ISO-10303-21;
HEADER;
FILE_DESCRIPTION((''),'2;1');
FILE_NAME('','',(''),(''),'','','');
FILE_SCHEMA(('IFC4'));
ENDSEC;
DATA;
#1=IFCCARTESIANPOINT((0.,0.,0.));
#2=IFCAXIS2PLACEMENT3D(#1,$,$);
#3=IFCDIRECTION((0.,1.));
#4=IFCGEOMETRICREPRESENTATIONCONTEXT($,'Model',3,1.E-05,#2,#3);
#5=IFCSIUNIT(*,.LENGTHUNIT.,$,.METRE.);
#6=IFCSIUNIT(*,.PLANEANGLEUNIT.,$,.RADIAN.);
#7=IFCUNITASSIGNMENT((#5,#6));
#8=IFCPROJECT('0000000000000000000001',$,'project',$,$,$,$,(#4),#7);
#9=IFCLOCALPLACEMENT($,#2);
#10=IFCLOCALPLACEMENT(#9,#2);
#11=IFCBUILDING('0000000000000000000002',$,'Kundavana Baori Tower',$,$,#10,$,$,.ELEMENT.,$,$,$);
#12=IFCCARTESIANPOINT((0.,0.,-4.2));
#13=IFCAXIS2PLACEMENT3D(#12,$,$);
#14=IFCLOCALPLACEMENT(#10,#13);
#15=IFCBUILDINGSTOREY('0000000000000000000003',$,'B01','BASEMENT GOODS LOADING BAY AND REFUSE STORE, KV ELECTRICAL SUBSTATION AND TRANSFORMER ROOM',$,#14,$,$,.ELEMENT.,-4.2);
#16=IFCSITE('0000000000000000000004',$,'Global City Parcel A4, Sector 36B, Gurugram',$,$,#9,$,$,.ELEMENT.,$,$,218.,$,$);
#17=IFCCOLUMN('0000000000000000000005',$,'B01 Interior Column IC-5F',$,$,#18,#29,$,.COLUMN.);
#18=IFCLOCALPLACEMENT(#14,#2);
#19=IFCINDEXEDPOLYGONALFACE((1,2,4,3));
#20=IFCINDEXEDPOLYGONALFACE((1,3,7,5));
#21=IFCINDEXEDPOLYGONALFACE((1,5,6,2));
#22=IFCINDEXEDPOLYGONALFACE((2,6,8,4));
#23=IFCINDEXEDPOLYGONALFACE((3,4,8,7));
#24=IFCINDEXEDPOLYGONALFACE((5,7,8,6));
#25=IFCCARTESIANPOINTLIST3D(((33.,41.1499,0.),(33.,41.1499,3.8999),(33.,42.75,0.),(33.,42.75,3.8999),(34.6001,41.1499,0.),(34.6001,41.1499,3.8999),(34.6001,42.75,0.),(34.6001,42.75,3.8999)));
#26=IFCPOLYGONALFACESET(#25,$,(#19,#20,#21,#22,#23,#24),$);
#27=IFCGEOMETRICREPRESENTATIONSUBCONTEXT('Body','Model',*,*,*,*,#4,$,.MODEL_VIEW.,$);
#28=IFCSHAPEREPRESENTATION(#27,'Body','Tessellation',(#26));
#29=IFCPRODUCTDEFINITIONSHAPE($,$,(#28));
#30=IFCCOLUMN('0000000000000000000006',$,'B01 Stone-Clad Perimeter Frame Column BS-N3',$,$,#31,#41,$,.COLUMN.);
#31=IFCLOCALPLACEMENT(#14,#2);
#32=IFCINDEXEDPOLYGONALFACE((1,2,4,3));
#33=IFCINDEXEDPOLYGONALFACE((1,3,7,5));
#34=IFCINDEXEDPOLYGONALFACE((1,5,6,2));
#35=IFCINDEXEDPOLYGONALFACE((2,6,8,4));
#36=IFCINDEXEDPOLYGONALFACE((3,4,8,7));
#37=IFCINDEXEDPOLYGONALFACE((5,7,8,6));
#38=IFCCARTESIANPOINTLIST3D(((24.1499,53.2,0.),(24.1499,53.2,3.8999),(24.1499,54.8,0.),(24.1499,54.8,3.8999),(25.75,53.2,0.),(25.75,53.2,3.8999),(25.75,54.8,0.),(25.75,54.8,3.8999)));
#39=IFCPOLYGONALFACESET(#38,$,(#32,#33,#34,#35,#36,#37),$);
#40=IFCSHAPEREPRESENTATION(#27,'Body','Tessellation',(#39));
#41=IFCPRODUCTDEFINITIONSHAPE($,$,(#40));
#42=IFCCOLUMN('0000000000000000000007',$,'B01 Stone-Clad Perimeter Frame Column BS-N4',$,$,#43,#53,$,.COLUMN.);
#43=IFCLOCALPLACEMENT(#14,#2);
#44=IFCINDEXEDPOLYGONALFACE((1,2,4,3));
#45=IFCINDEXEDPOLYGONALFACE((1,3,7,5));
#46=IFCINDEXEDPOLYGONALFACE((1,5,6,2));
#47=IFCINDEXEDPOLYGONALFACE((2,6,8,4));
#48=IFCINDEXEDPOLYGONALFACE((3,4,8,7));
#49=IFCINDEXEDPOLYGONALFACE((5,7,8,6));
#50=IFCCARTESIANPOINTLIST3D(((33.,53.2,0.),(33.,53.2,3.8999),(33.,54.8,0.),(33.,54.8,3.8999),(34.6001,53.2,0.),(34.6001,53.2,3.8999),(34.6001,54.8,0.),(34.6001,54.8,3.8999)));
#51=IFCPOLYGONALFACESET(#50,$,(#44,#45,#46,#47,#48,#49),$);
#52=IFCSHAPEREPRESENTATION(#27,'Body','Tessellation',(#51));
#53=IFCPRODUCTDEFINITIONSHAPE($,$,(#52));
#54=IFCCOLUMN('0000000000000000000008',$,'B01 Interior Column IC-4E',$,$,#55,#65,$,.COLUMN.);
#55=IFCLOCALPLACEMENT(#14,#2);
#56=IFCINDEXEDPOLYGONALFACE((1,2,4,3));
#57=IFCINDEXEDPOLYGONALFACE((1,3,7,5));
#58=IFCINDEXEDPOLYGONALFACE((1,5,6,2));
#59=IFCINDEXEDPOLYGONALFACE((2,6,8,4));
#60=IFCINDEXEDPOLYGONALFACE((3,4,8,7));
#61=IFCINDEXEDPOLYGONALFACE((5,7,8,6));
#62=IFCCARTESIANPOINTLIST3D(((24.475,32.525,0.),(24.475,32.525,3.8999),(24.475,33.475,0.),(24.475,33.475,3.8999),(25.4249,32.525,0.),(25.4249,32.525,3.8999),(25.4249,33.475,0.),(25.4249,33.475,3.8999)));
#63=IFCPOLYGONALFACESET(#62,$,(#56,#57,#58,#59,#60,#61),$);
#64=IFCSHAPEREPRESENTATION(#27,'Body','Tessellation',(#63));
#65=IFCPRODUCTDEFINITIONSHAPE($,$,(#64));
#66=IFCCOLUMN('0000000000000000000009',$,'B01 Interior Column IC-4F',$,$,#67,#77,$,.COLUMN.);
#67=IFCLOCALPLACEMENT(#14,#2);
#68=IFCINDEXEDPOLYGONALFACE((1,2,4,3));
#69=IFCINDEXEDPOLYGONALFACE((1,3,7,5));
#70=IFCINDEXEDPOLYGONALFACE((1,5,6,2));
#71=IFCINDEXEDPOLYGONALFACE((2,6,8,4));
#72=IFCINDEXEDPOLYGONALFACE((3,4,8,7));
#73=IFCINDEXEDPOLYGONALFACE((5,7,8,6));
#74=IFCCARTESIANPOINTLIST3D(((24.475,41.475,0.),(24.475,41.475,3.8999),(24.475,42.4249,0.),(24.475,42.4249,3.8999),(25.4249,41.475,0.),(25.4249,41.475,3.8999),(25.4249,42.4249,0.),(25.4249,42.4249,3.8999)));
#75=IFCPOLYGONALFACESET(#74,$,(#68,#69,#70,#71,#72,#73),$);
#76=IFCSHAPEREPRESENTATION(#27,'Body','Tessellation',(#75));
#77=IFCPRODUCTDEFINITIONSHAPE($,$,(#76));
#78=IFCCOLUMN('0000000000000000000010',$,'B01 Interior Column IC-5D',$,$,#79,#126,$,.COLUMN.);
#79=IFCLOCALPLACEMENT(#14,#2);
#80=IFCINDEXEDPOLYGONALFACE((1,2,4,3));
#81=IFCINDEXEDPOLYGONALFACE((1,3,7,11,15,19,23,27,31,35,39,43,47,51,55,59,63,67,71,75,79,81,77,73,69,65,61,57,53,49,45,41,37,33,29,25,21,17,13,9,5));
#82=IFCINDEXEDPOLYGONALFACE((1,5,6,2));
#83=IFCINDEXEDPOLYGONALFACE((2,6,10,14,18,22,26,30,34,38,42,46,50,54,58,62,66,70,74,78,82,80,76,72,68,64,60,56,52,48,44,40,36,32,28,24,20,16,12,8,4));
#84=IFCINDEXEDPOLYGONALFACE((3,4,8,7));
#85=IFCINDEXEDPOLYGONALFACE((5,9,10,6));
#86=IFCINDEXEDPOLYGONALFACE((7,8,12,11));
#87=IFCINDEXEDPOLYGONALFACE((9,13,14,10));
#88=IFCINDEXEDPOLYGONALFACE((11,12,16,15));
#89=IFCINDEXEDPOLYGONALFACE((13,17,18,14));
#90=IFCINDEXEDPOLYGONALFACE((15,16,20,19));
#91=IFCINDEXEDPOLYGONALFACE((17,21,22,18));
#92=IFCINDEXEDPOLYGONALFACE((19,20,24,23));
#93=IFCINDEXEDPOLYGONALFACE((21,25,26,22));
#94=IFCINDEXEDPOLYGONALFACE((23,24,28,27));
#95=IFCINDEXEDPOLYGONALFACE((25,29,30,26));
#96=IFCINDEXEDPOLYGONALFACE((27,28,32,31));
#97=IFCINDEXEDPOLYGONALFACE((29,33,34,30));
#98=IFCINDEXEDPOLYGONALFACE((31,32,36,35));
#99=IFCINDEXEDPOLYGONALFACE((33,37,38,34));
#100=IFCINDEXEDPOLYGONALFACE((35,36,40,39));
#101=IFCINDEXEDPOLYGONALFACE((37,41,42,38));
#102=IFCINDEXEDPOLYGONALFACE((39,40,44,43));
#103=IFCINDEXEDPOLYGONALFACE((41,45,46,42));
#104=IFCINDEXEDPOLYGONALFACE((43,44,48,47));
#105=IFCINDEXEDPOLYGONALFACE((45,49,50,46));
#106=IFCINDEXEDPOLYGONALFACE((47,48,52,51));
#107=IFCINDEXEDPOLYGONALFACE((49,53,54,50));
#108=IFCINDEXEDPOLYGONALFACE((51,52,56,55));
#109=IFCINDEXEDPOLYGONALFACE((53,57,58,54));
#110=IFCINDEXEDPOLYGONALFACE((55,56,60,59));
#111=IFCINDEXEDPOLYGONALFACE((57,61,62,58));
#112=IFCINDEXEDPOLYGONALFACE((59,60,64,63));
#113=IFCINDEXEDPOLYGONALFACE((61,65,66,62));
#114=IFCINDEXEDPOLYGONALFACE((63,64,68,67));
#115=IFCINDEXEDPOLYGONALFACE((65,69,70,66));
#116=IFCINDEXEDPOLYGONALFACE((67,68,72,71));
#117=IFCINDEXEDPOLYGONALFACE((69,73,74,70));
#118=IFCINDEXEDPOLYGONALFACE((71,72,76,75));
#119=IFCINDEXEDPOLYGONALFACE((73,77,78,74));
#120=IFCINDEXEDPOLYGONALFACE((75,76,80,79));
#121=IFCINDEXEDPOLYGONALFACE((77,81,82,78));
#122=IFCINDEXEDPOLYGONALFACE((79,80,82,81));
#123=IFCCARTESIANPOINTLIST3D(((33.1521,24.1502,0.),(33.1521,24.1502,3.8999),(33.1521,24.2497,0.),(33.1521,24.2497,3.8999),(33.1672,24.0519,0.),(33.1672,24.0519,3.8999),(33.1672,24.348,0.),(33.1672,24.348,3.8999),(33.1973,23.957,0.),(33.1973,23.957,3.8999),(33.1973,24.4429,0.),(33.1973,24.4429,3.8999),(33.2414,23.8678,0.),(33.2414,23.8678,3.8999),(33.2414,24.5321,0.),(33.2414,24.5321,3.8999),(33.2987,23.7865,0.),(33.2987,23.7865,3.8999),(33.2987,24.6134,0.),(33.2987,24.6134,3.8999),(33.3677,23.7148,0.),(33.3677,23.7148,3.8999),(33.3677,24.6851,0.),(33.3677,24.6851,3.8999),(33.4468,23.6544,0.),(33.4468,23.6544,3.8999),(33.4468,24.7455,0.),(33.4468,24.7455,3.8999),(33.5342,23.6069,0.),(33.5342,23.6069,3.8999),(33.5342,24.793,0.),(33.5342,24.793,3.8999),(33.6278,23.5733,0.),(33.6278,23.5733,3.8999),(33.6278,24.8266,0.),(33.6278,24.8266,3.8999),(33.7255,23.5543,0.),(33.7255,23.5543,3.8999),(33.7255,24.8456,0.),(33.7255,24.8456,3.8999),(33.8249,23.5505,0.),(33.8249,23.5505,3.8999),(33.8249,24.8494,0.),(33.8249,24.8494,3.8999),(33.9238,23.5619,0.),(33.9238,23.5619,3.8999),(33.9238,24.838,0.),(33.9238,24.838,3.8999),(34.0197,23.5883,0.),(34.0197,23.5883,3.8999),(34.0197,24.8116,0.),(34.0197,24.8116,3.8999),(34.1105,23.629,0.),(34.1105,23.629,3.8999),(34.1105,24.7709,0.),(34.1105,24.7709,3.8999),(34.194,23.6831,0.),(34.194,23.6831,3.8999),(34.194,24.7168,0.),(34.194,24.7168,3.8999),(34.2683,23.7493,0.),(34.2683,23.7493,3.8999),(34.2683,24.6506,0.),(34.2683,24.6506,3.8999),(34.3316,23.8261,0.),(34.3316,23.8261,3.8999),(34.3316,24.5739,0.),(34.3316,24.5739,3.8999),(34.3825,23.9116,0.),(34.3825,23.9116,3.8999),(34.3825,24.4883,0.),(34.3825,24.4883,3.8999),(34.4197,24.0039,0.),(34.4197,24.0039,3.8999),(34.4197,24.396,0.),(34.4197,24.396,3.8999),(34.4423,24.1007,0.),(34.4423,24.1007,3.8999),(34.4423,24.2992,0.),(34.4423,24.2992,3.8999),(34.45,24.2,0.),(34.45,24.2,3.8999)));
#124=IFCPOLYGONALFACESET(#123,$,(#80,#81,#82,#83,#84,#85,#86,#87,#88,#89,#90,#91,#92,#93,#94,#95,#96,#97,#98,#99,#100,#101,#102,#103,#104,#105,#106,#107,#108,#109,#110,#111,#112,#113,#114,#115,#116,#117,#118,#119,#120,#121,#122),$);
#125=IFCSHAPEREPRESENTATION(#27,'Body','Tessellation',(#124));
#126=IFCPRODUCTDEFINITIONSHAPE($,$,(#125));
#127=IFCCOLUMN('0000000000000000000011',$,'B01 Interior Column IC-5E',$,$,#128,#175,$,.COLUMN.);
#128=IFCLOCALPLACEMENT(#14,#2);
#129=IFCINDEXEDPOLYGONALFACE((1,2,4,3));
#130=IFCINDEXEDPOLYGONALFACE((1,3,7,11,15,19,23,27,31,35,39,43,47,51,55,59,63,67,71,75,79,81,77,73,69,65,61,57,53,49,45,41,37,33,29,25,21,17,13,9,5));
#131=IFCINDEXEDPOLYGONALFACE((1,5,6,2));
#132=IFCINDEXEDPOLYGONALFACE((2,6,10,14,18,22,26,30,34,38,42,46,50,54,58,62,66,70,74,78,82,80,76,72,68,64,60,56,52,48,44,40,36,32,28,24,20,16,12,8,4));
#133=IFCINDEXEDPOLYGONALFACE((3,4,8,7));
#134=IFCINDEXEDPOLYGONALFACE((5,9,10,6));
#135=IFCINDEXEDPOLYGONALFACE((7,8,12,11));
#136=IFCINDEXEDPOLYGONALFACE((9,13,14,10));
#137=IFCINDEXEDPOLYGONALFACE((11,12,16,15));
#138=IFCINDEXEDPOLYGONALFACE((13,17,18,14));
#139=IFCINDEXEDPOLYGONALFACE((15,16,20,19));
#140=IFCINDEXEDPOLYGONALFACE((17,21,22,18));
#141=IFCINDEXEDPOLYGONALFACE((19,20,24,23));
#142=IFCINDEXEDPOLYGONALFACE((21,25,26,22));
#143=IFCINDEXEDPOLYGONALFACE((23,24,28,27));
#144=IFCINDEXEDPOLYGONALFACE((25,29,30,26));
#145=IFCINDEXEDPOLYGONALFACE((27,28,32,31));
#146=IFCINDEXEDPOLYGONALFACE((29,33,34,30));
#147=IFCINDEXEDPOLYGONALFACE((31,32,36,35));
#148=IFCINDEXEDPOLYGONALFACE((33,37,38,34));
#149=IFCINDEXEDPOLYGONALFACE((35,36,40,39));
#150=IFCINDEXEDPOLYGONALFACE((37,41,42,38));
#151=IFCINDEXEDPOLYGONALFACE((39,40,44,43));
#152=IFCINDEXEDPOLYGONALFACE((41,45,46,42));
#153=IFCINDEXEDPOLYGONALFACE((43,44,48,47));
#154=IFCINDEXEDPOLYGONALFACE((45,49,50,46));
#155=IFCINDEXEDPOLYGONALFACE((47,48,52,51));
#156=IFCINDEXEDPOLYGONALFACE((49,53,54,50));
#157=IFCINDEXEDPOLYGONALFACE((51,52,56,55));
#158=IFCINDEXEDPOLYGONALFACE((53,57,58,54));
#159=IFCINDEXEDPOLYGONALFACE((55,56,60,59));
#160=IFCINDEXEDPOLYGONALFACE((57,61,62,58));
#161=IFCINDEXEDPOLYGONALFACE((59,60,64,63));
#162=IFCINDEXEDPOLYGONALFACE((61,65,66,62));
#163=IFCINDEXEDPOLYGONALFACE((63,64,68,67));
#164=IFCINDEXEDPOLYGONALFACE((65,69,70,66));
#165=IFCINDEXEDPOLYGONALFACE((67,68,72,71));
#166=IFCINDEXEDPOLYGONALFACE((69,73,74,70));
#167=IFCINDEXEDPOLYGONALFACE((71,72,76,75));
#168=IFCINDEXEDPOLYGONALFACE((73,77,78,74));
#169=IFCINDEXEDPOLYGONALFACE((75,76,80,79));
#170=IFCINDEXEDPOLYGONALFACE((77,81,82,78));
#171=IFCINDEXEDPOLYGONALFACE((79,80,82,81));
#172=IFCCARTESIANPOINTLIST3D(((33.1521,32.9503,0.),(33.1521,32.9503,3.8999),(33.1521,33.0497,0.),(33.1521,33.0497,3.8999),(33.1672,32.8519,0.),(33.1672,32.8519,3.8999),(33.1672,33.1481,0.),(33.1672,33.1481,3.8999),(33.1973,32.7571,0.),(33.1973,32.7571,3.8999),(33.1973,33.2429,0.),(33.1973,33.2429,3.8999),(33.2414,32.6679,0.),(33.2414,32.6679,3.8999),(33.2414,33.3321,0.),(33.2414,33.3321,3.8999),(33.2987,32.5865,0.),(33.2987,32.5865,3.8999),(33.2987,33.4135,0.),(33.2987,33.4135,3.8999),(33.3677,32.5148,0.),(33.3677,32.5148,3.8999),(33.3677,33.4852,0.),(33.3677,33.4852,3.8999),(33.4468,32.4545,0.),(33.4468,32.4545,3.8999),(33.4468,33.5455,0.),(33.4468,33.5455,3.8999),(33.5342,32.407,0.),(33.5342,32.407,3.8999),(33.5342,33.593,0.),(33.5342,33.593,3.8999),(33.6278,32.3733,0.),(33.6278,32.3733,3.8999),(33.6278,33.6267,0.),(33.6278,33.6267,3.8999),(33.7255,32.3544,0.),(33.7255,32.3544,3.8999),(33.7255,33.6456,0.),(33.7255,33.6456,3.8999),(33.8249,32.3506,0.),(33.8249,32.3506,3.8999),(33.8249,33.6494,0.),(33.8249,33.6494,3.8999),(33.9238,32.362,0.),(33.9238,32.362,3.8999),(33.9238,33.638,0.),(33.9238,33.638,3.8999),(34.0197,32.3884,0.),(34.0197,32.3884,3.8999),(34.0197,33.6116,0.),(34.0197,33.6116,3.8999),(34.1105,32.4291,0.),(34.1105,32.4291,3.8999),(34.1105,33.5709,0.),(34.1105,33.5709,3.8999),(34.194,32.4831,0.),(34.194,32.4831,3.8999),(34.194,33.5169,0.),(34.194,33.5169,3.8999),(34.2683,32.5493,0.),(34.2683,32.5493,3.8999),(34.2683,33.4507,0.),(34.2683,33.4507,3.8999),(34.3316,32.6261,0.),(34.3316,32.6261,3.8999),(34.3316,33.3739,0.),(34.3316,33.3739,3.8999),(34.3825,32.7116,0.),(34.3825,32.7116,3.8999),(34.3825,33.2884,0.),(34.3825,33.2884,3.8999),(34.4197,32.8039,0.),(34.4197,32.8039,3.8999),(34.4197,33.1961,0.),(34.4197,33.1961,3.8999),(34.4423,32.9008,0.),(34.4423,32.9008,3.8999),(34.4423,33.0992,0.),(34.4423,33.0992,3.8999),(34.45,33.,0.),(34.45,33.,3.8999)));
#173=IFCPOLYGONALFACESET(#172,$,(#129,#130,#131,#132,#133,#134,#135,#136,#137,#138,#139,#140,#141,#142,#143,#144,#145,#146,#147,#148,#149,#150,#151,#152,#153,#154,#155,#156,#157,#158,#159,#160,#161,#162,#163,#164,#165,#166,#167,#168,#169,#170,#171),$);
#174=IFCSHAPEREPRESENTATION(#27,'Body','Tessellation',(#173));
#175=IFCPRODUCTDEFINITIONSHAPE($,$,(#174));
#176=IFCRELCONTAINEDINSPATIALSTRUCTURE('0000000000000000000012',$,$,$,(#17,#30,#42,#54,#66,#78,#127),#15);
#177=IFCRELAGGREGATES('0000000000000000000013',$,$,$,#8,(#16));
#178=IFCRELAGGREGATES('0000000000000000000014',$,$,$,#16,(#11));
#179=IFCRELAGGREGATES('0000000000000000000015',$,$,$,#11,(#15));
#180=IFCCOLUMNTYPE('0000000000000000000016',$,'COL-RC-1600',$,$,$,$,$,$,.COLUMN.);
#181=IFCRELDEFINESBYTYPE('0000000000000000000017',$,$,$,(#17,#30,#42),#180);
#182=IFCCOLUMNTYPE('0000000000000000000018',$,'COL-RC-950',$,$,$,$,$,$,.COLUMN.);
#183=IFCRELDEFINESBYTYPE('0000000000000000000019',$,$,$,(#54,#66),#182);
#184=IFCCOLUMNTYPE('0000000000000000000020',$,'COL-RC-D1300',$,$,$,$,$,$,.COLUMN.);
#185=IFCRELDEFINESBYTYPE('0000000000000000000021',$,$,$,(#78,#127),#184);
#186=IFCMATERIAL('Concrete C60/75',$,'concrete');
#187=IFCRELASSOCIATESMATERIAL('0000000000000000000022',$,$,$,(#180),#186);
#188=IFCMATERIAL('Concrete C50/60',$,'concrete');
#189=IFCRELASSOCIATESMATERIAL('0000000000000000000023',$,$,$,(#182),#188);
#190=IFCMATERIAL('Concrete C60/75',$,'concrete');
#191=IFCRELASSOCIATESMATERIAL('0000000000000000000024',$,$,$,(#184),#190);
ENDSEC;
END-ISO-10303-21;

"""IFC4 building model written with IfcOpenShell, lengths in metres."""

from ifc_helpers import new_model, si_unit, direction, frame, origin, origin_2d, place, context, subcontext, project, spatial, rectangle, circle, extrude, material, material_profile, profile_set, type_object, element, save


model = new_model("IFC4")

# Units and contexts
model_context = context("Model", 3, precision=1e-05, world=origin(), true_north=direction((0.0, 1.0)))
body_context = subcontext(model_context, "Body", "Model", "MODEL_VIEW")
ifc_project = project(units=[si_unit("LENGTHUNIT", "METRE"), si_unit("PLANEANGLEUNIT", "RADIAN")], contexts=[model_context])

# Site, building, storey
site_placement = place(None, origin())
site = spatial("IfcSite", under=ifc_project, at=site_placement, Name="Global City Parcel A4, Sector 36B, Gurugram", CompositionType="ELEMENT", RefElevation=218.0)
building_placement = place(site_placement, origin())
building = spatial("IfcBuilding", under=site, at=building_placement, Name="Kundavana Baori Tower", CompositionType="ELEMENT")
storey_placement = place(building_placement, frame((0.0, 0.0, -4.2)))
storey = spatial("IfcBuildingStorey", under=building, at=storey_placement, Name="B01", Description="BASEMENT GOODS LOADING BAY AND REFUSE STORE, KV ELECTRICAL SUBSTATION AND TRANSFORMER ROOM", CompositionType="ELEMENT", Elevation=-4.2)

# Columns
ifc_material_1 = material(Name="Concrete C60/75", Category="concrete")
ifc_material_profile_1 = material_profile(ifc_material_1, rectangle(XDim=1.6001, YDim=1.6001, at=origin_2d()), Name="RC 1600x1600")
ifc_profile_set_1 = profile_set([ifc_material_profile_1], Name="Concrete C60/75")
column_type_1 = type_object("IfcColumnType", Name="COL-RC-1600", PredefinedType="COLUMN", material=ifc_profile_set_1)
for number, where, z_axis, x_axis, name in (
    (1, (33.8, 41.95, 0.0), (0.0, 0.0, 1.0), (1.0, 0.0, 0.0), "B01 Interior Column IC-5F"),
    (2, (24.95, 54.0, 0.0), (0.0, 0.0, 1.0), (1.0, 0.0, 0.0), "B01 Stone-Clad Perimeter Frame Column BS-N3"),
    (3, (33.8, 54.0, 0.0), (0.0, 0.0, 1.0), (1.0, 0.0, 0.0), "B01 Stone-Clad Perimeter Frame Column BS-N4"),
):
    element("IfcColumn", number, at=place(storey_placement, frame(where, z_axis=z_axis, x_axis=x_axis)), inside=storey, type_object=column_type_1, Name=name, PredefinedType="COLUMN", context=body_context, shape_type="SweptSolid", body=[
        extrude(rectangle(XDim=1.6001, YDim=1.6001, at=origin_2d()), origin(), (0.0, 0.0, 1.0), 3.8999),
    ])
ifc_material_2 = material(Name="Concrete C50/60", Category="concrete")
ifc_material_profile_2 = material_profile(ifc_material_2, rectangle(XDim=0.95, YDim=0.95, at=origin_2d()), Name="RC 950x950")
ifc_profile_set_2 = profile_set([ifc_material_profile_2], Name="Concrete C50/60")
column_type_2 = type_object("IfcColumnType", Name="COL-RC-950", PredefinedType="COLUMN", material=ifc_profile_set_2)
for number, where, z_axis, x_axis, name in (
    (4, (24.95, 33.0, 0.0), (0.0, 0.0, 1.0), (1.0, 0.0, 0.0), "B01 Interior Column IC-4E"),
    (5, (24.95, 41.95, 0.0), (0.0, 0.0, 1.0), (1.0, 0.0, 0.0), "B01 Interior Column IC-4F"),
):
    element("IfcColumn", number, at=place(storey_placement, frame(where, z_axis=z_axis, x_axis=x_axis)), inside=storey, type_object=column_type_2, Name=name, PredefinedType="COLUMN", context=body_context, shape_type="SweptSolid", body=[
        extrude(rectangle(XDim=0.95, YDim=0.95, at=origin_2d()), origin(), (0.0, 0.0, 1.0), 3.8999),
    ])
ifc_material_3 = material(Name="Concrete C60/75", Category="concrete")
ifc_material_profile_3 = material_profile(ifc_material_3, circle(Radius=0.6499, at=origin_2d()), Name="RC D1300")
ifc_profile_set_3 = profile_set([ifc_material_profile_3], Name="Concrete C60/75")
column_type_3 = type_object("IfcColumnType", Name="COL-RC-D1300", PredefinedType="COLUMN", material=ifc_profile_set_3)
for number, where, z_axis, x_axis, name in (
    (6, (33.8, 24.2, 0.0), (0.0, 0.0, 1.0), (1.0, 0.0, 0.0), "B01 Interior Column IC-5D"),
    (7, (33.8, 33.0, 0.0), (0.0, 0.0, 1.0), (1.0, 0.0, 0.0), "B01 Interior Column IC-5E"),
):
    element("IfcColumn", number, at=place(storey_placement, frame(where, z_axis=z_axis, x_axis=x_axis)), inside=storey, type_object=column_type_3, Name=name, PredefinedType="COLUMN", context=body_context, shape_type="SweptSolid", body=[
        extrude(circle(Radius=0.6499, at=origin_2d()), origin(), (0.0, 0.0, 1.0), 3.8999),
    ])

save(model, "model.ifc")
